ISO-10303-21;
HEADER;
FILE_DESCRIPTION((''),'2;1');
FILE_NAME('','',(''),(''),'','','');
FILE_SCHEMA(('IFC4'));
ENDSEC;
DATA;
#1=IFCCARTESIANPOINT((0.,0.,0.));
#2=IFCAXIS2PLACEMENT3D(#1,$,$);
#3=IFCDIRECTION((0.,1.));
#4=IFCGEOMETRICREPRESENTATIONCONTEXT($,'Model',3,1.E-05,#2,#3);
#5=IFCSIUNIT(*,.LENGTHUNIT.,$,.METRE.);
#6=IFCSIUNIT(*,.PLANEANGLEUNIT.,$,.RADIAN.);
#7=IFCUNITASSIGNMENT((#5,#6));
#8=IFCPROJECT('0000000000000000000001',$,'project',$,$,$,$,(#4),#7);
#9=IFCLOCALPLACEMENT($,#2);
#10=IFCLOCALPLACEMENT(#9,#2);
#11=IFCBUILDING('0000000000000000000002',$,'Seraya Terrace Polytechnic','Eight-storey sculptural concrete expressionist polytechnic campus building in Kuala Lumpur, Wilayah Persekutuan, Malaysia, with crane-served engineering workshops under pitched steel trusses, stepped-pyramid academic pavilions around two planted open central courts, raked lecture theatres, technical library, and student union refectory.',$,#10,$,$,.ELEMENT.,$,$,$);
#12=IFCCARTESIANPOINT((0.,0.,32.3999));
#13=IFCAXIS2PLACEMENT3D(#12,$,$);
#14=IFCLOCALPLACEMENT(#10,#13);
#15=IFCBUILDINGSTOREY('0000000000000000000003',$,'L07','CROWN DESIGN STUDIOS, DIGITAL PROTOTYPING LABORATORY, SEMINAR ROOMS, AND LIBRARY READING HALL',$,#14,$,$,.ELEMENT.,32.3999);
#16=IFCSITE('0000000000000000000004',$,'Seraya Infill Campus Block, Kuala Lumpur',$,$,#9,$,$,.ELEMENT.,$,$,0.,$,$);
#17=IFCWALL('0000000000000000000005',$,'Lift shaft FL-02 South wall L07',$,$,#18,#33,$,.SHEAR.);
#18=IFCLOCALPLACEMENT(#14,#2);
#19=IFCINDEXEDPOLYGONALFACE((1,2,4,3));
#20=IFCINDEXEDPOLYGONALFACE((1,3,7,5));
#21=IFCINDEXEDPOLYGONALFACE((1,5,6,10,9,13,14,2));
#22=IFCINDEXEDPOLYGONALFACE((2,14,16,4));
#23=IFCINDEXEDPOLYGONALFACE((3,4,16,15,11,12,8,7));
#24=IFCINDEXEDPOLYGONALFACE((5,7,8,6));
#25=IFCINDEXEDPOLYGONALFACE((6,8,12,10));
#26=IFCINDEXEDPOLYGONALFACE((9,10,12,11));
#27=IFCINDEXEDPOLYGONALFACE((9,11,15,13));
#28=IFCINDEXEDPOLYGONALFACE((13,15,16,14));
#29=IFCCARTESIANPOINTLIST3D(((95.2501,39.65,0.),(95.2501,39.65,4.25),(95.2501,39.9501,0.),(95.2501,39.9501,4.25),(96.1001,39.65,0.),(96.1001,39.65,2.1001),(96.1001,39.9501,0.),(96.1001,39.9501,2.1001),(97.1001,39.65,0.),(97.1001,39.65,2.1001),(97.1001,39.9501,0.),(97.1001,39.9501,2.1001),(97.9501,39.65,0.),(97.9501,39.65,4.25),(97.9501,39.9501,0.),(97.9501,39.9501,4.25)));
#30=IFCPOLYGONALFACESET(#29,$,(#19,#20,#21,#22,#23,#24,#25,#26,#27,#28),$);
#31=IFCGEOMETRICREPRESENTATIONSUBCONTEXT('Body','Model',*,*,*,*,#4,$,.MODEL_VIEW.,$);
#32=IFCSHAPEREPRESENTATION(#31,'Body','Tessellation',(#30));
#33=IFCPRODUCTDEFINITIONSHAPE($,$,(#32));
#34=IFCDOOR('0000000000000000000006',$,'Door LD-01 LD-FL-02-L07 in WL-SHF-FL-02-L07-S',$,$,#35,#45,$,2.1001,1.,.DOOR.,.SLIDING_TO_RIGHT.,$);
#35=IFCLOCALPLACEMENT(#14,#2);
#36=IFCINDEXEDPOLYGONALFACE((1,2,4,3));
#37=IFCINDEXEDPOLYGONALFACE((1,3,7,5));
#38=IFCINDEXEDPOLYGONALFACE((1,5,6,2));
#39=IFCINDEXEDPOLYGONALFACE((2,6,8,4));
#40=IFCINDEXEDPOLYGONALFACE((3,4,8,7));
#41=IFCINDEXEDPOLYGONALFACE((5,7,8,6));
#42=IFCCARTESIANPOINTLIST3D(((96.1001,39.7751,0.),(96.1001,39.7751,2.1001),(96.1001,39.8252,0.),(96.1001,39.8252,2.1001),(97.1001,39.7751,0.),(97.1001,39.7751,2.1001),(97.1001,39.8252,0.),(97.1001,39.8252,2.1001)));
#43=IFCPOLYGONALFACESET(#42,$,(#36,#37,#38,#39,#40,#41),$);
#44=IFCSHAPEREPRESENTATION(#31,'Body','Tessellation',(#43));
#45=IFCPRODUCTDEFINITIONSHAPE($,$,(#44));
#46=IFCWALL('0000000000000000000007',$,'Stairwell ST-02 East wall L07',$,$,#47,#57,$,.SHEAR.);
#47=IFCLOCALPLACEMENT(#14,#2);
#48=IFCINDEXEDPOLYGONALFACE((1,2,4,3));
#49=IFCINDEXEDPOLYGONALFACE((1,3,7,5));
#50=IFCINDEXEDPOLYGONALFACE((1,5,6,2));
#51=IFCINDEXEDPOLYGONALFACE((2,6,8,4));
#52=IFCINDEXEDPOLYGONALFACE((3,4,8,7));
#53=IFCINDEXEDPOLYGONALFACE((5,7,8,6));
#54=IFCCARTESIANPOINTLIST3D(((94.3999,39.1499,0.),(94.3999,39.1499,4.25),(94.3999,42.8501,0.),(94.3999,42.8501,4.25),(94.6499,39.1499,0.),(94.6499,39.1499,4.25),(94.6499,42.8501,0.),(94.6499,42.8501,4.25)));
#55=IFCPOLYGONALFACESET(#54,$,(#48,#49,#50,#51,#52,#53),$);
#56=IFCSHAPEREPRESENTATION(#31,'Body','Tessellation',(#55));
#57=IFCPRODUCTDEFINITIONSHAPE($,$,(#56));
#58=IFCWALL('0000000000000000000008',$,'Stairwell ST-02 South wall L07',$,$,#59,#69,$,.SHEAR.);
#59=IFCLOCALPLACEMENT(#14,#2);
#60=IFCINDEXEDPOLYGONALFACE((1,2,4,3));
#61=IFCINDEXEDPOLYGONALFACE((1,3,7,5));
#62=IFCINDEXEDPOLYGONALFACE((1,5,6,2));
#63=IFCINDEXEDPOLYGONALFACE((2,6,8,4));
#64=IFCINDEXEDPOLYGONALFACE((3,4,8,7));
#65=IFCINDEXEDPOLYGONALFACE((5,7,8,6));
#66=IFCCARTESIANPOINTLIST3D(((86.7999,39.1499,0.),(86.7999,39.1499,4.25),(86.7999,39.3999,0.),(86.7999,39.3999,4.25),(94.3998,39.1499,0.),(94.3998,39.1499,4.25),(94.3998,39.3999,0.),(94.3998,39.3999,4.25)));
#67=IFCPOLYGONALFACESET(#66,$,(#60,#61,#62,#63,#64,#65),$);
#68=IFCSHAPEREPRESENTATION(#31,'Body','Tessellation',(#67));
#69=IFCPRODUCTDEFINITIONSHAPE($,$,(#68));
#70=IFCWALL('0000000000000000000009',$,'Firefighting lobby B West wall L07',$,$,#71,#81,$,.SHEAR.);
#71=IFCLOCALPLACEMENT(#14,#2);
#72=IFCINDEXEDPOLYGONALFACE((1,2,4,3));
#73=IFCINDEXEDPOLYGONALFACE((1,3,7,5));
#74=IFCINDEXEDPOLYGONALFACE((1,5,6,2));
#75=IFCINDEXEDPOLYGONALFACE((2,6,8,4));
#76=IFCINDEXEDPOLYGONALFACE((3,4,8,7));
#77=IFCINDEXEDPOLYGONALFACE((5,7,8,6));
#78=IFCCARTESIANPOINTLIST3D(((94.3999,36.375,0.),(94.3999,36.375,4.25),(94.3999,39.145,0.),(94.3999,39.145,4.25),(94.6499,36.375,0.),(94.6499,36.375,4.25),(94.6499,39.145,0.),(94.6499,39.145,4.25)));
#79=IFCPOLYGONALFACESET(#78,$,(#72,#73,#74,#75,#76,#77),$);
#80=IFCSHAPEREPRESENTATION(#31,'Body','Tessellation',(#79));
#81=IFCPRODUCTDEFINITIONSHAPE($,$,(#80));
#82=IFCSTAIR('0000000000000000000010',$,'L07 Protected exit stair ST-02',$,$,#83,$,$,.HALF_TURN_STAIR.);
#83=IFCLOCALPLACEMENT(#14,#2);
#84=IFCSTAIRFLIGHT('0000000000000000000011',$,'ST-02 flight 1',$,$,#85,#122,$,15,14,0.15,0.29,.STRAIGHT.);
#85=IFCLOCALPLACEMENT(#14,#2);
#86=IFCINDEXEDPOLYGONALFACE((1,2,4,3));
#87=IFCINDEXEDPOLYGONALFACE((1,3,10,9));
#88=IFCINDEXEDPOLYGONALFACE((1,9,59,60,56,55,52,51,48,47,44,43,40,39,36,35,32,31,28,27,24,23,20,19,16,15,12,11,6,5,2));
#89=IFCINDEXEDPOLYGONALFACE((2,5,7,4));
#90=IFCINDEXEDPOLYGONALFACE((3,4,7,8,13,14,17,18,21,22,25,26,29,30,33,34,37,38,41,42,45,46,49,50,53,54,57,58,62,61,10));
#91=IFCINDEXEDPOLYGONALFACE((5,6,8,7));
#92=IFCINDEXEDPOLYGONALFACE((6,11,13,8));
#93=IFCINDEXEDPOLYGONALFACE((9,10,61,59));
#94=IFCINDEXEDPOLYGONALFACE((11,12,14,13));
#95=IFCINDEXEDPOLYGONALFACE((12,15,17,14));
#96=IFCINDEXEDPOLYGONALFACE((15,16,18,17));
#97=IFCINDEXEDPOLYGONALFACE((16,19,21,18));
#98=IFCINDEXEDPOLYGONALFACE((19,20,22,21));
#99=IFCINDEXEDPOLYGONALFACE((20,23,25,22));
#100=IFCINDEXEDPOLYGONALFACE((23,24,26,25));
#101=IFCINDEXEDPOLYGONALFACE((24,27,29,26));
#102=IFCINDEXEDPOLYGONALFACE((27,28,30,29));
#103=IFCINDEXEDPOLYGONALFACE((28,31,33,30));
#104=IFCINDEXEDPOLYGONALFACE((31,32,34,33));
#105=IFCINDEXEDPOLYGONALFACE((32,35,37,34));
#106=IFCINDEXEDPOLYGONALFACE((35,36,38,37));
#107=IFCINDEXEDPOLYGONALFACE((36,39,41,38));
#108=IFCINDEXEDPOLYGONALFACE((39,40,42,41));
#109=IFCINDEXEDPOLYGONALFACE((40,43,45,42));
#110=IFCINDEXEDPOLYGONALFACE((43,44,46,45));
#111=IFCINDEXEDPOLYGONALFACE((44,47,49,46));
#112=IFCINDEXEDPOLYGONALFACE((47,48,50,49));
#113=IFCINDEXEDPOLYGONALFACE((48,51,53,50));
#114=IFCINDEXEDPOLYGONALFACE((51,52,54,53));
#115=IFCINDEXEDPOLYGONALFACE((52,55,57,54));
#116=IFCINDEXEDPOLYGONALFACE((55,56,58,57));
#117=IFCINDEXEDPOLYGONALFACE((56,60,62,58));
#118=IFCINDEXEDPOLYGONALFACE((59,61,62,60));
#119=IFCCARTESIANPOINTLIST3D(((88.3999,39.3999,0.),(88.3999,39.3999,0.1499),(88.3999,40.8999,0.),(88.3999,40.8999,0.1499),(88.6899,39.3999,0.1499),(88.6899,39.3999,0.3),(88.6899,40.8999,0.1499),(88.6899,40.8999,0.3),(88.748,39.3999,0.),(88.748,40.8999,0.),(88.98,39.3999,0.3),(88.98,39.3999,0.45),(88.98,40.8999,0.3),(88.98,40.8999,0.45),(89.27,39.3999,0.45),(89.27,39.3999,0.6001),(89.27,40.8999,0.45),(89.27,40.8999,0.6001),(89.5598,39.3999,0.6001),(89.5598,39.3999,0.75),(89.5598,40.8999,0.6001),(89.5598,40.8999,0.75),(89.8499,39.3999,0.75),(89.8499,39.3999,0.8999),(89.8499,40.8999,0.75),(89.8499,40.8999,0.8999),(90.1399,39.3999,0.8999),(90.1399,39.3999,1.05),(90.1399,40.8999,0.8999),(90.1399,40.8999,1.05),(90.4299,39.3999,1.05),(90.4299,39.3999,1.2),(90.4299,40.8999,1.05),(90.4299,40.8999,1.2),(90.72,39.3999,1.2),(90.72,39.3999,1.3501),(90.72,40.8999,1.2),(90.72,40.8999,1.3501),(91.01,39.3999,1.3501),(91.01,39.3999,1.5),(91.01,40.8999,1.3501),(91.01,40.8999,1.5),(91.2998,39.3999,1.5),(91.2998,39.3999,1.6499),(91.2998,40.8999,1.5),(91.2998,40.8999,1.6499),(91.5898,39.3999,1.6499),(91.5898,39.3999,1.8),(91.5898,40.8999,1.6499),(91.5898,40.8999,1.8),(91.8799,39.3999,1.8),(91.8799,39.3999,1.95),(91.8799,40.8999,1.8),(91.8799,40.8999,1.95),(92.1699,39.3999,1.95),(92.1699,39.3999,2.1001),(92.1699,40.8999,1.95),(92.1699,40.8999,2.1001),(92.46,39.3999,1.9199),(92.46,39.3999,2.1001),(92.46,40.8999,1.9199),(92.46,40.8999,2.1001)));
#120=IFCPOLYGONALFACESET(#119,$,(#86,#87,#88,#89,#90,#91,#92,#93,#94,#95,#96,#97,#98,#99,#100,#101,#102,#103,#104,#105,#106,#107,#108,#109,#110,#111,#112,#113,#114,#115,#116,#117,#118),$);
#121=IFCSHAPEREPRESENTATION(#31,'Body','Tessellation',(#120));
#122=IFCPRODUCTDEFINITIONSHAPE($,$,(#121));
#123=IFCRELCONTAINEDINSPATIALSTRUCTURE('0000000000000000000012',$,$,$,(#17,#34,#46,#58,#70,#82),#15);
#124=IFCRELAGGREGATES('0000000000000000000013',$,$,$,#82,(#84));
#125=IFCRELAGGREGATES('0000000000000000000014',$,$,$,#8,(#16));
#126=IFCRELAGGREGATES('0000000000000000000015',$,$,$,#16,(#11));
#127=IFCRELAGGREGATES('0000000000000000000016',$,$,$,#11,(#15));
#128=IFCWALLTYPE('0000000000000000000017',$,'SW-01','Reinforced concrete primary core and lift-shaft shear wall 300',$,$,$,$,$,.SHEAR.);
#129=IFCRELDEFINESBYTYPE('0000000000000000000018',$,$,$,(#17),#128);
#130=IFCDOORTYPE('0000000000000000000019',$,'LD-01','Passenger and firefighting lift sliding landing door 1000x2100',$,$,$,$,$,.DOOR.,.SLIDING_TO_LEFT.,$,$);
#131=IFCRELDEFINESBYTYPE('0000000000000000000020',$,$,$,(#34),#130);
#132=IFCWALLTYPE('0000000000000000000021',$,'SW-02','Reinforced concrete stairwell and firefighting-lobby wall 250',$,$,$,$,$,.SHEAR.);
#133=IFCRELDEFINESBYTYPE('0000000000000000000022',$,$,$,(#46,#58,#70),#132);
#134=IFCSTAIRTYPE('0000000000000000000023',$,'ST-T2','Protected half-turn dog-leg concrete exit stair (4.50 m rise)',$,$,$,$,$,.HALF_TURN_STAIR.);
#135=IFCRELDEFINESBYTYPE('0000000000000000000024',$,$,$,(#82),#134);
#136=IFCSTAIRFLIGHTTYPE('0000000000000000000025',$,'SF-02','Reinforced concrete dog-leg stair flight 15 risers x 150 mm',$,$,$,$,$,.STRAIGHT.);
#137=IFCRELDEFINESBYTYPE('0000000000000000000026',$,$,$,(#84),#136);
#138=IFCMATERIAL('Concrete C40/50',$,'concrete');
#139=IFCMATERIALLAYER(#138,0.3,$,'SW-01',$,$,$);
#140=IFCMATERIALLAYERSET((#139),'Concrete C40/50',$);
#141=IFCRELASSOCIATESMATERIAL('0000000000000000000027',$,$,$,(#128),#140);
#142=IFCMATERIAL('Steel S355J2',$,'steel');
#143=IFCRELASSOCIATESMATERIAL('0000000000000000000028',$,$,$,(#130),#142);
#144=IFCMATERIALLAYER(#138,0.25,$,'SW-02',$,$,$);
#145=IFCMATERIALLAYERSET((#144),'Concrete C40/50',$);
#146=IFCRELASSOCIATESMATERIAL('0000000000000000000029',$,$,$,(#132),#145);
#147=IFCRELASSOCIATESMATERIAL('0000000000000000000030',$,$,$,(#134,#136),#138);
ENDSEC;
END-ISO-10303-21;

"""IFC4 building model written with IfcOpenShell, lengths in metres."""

from ifc_helpers import new_model, si_unit, direction, frame, frame_2d, origin, place, context, subcontext, project, spatial, polyline, rectangle, outline, extrude, material, layer, layer_set, type_object, element, fill, aggregate, save


model = new_model("IFC4")

# Units and contexts
model_context = context("Model", 3, precision=1e-05, world=origin(), true_north=direction((0.0, 1.0)))
body_context = subcontext(model_context, "Body", "Model", "MODEL_VIEW")
ifc_project = project(units=[si_unit("LENGTHUNIT", "METRE"), si_unit("PLANEANGLEUNIT", "RADIAN")], contexts=[model_context])

# Site, building, storey
site_placement = place(None, origin())
site = spatial("IfcSite", under=ifc_project, at=site_placement, Name="Seraya Infill Campus Block, Kuala Lumpur", CompositionType="ELEMENT", RefElevation=0.0)
building_placement = place(site_placement, origin())
building = spatial("IfcBuilding", under=site, at=building_placement, Name="Seraya Terrace Polytechnic", Description="Eight-storey sculptural concrete expressionist polytechnic campus building in Kuala Lumpur, Wilayah Persekutuan, Malaysia, with crane-served engineering workshops under pitched steel trusses, stepped-pyramid academic pavilions around two planted open central courts, raked lecture theatres, technical library, and student union refectory.", CompositionType="ELEMENT")
storey_placement = place(building_placement, frame((0.0, 0.0, 32.3999)))
storey = spatial("IfcBuildingStorey", under=building, at=storey_placement, Name="L07", Description="CROWN DESIGN STUDIOS, DIGITAL PROTOTYPING LABORATORY, SEMINAR ROOMS, AND LIBRARY READING HALL", CompositionType="ELEMENT", Elevation=32.3999)

# Shared definitions
ifc_material_1 = material(Name="Concrete C40/50", Category="concrete")

# Wall, opening, door
ifc_layer_1 = layer(ifc_material_1, 0.3, Name="SW-01")
ifc_layer_set_1 = layer_set([ifc_layer_1], Name="Concrete C40/50")
wall_type_1 = type_object("IfcWallType", Name="SW-01", Description="Reinforced concrete primary core and lift-shaft shear wall 300", PredefinedType="SHEAR", material=ifc_layer_set_1)
wall_1_placement = place(storey_placement, frame((95.25, 39.8, 0.0), z_axis=(0.0, 0.0, 1.0), x_axis=(1.0, 0.0, 0.0)))
wall_1 = element("IfcWall", 1, at=wall_1_placement, inside=storey, type_object=wall_type_1, Name="Lift shaft FL-02 South wall L07", PredefinedType="SHEAR", context=body_context, shape_type="SweptSolid", body=[
    extrude(rectangle(XDim=2.7, YDim=0.3, at=frame_2d((1.3501, 0.0))), origin(), (0.0, 0.0, 1.0), 4.25),
])
opening_1_placement = place(wall_1_placement, frame((0.8501, 0.0, 0.0)))
opening_1 = element("IfcOpeningElement", 2, at=opening_1_placement, cuts=wall_1, PredefinedType="OPENING", context=body_context, shape_type="SweptSolid", body=[
    extrude(rectangle(XDim=1.0, YDim=2.1001, at=frame_2d((0.5, 1.05))), frame((0.0, 0.1621, 0.0), z_axis=(0.0, -1.0, 0.0), x_axis=(1.0, 0.0, 0.0)), (0.0, 0.0, 1.0), 0.324),
])
ifc_material_2 = material(Name="Steel S355J2", Category="steel")
door_type_1 = type_object("IfcDoorType", Name="LD-01", Description="Passenger and firefighting lift sliding landing door 1000x2100", OperationType="SLIDING_TO_LEFT", PredefinedType="DOOR", material=ifc_material_2)
door_1_placement = place(opening_1_placement, frame((1.0, 0.0, 0.0), z_axis=(0.0, 0.0, 1.0), x_axis=(-1.0, 0.0, 0.0)))
door_1 = element("IfcDoor", 3, at=door_1_placement, inside=storey, type_object=door_type_1, Name="Door LD-01 LD-FL-02-L07 in WL-SHF-FL-02-L07-S", OperationType="SLIDING_TO_RIGHT", OverallHeight=2.1001, OverallWidth=1.0, PredefinedType="DOOR", context=body_context, shape_type="SweptSolid", body=[
    extrude(rectangle(XDim=1.0, YDim=2.1001, at=frame_2d((0.5, 1.05))), frame((0.0, 0.0249, 0.0), z_axis=(0.0, -1.0, 0.0), x_axis=(1.0, 0.0, 0.0)), (0.0, 0.0, 1.0), 0.05),
])
fill(opening_1, door_1)
ifc_layer_2 = layer(ifc_material_1, 0.25, Name="SW-02")
ifc_layer_set_2 = layer_set([ifc_layer_2], Name="Concrete C40/50")
wall_type_2 = type_object("IfcWallType", Name="SW-02", Description="Reinforced concrete stairwell and firefighting-lobby wall 250", PredefinedType="SHEAR", material=ifc_layer_set_2)

# Walls
wall_2_placement = place(storey_placement, frame((94.5249, 39.1499, 0.0), z_axis=(0.0, 0.0, 1.0), x_axis=(0.0, 1.0, 0.0)))
element("IfcWall", 4, at=wall_2_placement, inside=storey, type_object=wall_type_2, Name="Stairwell ST-02 East wall L07", PredefinedType="SHEAR", context=body_context, shape_type="SweptSolid", body=[
    extrude(rectangle(XDim=3.7002, YDim=0.25, at=frame_2d((1.8501, 0.0))), origin(), (0.0, 0.0, 1.0), 4.25),
])
wall_3_placement = place(storey_placement, frame((86.8, 39.2749, 0.0), z_axis=(0.0, 0.0, 1.0), x_axis=(1.0, 0.0, 0.0)))
element("IfcWall", 5, at=wall_3_placement, inside=storey, type_object=wall_type_2, Name="Stairwell ST-02 South wall L07", PredefinedType="SHEAR", context=body_context, shape_type="SweptSolid", body=[
    extrude(rectangle(XDim=7.5999, YDim=0.25, at=frame_2d((3.7998, 0.0))), origin(), (0.0, 0.0, 1.0), 4.25),
])

# Wall
wall_4_placement = place(storey_placement, frame((94.5249, 36.375, 0.0), z_axis=(0.0, 0.0, 1.0), x_axis=(0.0, 1.0, 0.0)))
element("IfcWall", 6, at=wall_4_placement, inside=storey, type_object=wall_type_2, Name="Firefighting lobby B West wall L07", PredefinedType="SHEAR", context=body_context, shape_type="SweptSolid", body=[
    extrude(rectangle(XDim=2.77, YDim=0.25, at=frame_2d((1.385, 0.0))), origin(), (0.0, 0.0, 1.0), 4.25),
])

# Stair, stair flight
stair_type = type_object("IfcStairType", Name="ST-T2", Description="Protected half-turn dog-leg concrete exit stair (4.50 m rise)", PredefinedType="HALF_TURN_STAIR", material=ifc_material_1)
stair_placement = place(storey_placement, origin())
stair = element("IfcStair", 7, at=stair_placement, inside=storey, type_object=stair_type, Name="L07 Protected exit stair ST-02", PredefinedType="HALF_TURN_STAIR")
stair_flight_type = type_object("IfcStairFlightType", Name="SF-02", Description="Reinforced concrete dog-leg stair flight 15 risers x 150 mm", PredefinedType="STRAIGHT", material=ifc_material_1)
stair_flight_placement = place(storey_placement, frame((88.3999, 40.1499, 0.0), z_axis=(0.0, 0.0, 1.0), x_axis=(1.0, 0.0, 0.0)))
stair_flight = element("IfcStairFlight", 8, at=stair_flight_placement, type_object=stair_flight_type, Name="ST-02 flight 1", NumberOfRisers=15, NumberOfTreads=14, PredefinedType="STRAIGHT", RiserHeight=0.15, TreadLength=0.29, context=body_context, shape_type="SweptSolid", body=[
    extrude(outline(polyline([(0.0, 0.0), (0.0, 0.1499), (0.29, 0.1499), (0.29, 0.3), (0.5801, 0.3), (0.5801, 0.45), (0.8701, 0.45), (0.8701, 0.6001), (1.1599, 0.6001), (1.1599, 0.75), (1.45, 0.75), (1.45, 0.8999), (1.74, 0.8999), (1.74, 1.05), (2.03, 1.05), (2.03, 1.2), (2.3201, 1.2), (2.3201, 1.3501), (2.6101, 1.3501), (2.6101, 1.5), (2.8999, 1.5), (2.8999, 1.6499), (3.1899, 1.6499), (3.1899, 1.8), (3.48, 1.8), (3.48, 1.95), (3.77, 1.95), (3.77, 2.1001), (4.0601, 2.1001), (4.0601, 2.25), (4.0601, 1.9199), (0.3481, 0.0), (0.0, 0.0)])), frame((0.0, 0.75, 0.0), z_axis=(0.0, -1.0, 0.0), x_axis=(1.0, 0.0, 0.0)), (0.0, 0.0, 1.0), 1.5),
])
aggregate(stair, [stair_flight])

save(model, "model.ifc")
